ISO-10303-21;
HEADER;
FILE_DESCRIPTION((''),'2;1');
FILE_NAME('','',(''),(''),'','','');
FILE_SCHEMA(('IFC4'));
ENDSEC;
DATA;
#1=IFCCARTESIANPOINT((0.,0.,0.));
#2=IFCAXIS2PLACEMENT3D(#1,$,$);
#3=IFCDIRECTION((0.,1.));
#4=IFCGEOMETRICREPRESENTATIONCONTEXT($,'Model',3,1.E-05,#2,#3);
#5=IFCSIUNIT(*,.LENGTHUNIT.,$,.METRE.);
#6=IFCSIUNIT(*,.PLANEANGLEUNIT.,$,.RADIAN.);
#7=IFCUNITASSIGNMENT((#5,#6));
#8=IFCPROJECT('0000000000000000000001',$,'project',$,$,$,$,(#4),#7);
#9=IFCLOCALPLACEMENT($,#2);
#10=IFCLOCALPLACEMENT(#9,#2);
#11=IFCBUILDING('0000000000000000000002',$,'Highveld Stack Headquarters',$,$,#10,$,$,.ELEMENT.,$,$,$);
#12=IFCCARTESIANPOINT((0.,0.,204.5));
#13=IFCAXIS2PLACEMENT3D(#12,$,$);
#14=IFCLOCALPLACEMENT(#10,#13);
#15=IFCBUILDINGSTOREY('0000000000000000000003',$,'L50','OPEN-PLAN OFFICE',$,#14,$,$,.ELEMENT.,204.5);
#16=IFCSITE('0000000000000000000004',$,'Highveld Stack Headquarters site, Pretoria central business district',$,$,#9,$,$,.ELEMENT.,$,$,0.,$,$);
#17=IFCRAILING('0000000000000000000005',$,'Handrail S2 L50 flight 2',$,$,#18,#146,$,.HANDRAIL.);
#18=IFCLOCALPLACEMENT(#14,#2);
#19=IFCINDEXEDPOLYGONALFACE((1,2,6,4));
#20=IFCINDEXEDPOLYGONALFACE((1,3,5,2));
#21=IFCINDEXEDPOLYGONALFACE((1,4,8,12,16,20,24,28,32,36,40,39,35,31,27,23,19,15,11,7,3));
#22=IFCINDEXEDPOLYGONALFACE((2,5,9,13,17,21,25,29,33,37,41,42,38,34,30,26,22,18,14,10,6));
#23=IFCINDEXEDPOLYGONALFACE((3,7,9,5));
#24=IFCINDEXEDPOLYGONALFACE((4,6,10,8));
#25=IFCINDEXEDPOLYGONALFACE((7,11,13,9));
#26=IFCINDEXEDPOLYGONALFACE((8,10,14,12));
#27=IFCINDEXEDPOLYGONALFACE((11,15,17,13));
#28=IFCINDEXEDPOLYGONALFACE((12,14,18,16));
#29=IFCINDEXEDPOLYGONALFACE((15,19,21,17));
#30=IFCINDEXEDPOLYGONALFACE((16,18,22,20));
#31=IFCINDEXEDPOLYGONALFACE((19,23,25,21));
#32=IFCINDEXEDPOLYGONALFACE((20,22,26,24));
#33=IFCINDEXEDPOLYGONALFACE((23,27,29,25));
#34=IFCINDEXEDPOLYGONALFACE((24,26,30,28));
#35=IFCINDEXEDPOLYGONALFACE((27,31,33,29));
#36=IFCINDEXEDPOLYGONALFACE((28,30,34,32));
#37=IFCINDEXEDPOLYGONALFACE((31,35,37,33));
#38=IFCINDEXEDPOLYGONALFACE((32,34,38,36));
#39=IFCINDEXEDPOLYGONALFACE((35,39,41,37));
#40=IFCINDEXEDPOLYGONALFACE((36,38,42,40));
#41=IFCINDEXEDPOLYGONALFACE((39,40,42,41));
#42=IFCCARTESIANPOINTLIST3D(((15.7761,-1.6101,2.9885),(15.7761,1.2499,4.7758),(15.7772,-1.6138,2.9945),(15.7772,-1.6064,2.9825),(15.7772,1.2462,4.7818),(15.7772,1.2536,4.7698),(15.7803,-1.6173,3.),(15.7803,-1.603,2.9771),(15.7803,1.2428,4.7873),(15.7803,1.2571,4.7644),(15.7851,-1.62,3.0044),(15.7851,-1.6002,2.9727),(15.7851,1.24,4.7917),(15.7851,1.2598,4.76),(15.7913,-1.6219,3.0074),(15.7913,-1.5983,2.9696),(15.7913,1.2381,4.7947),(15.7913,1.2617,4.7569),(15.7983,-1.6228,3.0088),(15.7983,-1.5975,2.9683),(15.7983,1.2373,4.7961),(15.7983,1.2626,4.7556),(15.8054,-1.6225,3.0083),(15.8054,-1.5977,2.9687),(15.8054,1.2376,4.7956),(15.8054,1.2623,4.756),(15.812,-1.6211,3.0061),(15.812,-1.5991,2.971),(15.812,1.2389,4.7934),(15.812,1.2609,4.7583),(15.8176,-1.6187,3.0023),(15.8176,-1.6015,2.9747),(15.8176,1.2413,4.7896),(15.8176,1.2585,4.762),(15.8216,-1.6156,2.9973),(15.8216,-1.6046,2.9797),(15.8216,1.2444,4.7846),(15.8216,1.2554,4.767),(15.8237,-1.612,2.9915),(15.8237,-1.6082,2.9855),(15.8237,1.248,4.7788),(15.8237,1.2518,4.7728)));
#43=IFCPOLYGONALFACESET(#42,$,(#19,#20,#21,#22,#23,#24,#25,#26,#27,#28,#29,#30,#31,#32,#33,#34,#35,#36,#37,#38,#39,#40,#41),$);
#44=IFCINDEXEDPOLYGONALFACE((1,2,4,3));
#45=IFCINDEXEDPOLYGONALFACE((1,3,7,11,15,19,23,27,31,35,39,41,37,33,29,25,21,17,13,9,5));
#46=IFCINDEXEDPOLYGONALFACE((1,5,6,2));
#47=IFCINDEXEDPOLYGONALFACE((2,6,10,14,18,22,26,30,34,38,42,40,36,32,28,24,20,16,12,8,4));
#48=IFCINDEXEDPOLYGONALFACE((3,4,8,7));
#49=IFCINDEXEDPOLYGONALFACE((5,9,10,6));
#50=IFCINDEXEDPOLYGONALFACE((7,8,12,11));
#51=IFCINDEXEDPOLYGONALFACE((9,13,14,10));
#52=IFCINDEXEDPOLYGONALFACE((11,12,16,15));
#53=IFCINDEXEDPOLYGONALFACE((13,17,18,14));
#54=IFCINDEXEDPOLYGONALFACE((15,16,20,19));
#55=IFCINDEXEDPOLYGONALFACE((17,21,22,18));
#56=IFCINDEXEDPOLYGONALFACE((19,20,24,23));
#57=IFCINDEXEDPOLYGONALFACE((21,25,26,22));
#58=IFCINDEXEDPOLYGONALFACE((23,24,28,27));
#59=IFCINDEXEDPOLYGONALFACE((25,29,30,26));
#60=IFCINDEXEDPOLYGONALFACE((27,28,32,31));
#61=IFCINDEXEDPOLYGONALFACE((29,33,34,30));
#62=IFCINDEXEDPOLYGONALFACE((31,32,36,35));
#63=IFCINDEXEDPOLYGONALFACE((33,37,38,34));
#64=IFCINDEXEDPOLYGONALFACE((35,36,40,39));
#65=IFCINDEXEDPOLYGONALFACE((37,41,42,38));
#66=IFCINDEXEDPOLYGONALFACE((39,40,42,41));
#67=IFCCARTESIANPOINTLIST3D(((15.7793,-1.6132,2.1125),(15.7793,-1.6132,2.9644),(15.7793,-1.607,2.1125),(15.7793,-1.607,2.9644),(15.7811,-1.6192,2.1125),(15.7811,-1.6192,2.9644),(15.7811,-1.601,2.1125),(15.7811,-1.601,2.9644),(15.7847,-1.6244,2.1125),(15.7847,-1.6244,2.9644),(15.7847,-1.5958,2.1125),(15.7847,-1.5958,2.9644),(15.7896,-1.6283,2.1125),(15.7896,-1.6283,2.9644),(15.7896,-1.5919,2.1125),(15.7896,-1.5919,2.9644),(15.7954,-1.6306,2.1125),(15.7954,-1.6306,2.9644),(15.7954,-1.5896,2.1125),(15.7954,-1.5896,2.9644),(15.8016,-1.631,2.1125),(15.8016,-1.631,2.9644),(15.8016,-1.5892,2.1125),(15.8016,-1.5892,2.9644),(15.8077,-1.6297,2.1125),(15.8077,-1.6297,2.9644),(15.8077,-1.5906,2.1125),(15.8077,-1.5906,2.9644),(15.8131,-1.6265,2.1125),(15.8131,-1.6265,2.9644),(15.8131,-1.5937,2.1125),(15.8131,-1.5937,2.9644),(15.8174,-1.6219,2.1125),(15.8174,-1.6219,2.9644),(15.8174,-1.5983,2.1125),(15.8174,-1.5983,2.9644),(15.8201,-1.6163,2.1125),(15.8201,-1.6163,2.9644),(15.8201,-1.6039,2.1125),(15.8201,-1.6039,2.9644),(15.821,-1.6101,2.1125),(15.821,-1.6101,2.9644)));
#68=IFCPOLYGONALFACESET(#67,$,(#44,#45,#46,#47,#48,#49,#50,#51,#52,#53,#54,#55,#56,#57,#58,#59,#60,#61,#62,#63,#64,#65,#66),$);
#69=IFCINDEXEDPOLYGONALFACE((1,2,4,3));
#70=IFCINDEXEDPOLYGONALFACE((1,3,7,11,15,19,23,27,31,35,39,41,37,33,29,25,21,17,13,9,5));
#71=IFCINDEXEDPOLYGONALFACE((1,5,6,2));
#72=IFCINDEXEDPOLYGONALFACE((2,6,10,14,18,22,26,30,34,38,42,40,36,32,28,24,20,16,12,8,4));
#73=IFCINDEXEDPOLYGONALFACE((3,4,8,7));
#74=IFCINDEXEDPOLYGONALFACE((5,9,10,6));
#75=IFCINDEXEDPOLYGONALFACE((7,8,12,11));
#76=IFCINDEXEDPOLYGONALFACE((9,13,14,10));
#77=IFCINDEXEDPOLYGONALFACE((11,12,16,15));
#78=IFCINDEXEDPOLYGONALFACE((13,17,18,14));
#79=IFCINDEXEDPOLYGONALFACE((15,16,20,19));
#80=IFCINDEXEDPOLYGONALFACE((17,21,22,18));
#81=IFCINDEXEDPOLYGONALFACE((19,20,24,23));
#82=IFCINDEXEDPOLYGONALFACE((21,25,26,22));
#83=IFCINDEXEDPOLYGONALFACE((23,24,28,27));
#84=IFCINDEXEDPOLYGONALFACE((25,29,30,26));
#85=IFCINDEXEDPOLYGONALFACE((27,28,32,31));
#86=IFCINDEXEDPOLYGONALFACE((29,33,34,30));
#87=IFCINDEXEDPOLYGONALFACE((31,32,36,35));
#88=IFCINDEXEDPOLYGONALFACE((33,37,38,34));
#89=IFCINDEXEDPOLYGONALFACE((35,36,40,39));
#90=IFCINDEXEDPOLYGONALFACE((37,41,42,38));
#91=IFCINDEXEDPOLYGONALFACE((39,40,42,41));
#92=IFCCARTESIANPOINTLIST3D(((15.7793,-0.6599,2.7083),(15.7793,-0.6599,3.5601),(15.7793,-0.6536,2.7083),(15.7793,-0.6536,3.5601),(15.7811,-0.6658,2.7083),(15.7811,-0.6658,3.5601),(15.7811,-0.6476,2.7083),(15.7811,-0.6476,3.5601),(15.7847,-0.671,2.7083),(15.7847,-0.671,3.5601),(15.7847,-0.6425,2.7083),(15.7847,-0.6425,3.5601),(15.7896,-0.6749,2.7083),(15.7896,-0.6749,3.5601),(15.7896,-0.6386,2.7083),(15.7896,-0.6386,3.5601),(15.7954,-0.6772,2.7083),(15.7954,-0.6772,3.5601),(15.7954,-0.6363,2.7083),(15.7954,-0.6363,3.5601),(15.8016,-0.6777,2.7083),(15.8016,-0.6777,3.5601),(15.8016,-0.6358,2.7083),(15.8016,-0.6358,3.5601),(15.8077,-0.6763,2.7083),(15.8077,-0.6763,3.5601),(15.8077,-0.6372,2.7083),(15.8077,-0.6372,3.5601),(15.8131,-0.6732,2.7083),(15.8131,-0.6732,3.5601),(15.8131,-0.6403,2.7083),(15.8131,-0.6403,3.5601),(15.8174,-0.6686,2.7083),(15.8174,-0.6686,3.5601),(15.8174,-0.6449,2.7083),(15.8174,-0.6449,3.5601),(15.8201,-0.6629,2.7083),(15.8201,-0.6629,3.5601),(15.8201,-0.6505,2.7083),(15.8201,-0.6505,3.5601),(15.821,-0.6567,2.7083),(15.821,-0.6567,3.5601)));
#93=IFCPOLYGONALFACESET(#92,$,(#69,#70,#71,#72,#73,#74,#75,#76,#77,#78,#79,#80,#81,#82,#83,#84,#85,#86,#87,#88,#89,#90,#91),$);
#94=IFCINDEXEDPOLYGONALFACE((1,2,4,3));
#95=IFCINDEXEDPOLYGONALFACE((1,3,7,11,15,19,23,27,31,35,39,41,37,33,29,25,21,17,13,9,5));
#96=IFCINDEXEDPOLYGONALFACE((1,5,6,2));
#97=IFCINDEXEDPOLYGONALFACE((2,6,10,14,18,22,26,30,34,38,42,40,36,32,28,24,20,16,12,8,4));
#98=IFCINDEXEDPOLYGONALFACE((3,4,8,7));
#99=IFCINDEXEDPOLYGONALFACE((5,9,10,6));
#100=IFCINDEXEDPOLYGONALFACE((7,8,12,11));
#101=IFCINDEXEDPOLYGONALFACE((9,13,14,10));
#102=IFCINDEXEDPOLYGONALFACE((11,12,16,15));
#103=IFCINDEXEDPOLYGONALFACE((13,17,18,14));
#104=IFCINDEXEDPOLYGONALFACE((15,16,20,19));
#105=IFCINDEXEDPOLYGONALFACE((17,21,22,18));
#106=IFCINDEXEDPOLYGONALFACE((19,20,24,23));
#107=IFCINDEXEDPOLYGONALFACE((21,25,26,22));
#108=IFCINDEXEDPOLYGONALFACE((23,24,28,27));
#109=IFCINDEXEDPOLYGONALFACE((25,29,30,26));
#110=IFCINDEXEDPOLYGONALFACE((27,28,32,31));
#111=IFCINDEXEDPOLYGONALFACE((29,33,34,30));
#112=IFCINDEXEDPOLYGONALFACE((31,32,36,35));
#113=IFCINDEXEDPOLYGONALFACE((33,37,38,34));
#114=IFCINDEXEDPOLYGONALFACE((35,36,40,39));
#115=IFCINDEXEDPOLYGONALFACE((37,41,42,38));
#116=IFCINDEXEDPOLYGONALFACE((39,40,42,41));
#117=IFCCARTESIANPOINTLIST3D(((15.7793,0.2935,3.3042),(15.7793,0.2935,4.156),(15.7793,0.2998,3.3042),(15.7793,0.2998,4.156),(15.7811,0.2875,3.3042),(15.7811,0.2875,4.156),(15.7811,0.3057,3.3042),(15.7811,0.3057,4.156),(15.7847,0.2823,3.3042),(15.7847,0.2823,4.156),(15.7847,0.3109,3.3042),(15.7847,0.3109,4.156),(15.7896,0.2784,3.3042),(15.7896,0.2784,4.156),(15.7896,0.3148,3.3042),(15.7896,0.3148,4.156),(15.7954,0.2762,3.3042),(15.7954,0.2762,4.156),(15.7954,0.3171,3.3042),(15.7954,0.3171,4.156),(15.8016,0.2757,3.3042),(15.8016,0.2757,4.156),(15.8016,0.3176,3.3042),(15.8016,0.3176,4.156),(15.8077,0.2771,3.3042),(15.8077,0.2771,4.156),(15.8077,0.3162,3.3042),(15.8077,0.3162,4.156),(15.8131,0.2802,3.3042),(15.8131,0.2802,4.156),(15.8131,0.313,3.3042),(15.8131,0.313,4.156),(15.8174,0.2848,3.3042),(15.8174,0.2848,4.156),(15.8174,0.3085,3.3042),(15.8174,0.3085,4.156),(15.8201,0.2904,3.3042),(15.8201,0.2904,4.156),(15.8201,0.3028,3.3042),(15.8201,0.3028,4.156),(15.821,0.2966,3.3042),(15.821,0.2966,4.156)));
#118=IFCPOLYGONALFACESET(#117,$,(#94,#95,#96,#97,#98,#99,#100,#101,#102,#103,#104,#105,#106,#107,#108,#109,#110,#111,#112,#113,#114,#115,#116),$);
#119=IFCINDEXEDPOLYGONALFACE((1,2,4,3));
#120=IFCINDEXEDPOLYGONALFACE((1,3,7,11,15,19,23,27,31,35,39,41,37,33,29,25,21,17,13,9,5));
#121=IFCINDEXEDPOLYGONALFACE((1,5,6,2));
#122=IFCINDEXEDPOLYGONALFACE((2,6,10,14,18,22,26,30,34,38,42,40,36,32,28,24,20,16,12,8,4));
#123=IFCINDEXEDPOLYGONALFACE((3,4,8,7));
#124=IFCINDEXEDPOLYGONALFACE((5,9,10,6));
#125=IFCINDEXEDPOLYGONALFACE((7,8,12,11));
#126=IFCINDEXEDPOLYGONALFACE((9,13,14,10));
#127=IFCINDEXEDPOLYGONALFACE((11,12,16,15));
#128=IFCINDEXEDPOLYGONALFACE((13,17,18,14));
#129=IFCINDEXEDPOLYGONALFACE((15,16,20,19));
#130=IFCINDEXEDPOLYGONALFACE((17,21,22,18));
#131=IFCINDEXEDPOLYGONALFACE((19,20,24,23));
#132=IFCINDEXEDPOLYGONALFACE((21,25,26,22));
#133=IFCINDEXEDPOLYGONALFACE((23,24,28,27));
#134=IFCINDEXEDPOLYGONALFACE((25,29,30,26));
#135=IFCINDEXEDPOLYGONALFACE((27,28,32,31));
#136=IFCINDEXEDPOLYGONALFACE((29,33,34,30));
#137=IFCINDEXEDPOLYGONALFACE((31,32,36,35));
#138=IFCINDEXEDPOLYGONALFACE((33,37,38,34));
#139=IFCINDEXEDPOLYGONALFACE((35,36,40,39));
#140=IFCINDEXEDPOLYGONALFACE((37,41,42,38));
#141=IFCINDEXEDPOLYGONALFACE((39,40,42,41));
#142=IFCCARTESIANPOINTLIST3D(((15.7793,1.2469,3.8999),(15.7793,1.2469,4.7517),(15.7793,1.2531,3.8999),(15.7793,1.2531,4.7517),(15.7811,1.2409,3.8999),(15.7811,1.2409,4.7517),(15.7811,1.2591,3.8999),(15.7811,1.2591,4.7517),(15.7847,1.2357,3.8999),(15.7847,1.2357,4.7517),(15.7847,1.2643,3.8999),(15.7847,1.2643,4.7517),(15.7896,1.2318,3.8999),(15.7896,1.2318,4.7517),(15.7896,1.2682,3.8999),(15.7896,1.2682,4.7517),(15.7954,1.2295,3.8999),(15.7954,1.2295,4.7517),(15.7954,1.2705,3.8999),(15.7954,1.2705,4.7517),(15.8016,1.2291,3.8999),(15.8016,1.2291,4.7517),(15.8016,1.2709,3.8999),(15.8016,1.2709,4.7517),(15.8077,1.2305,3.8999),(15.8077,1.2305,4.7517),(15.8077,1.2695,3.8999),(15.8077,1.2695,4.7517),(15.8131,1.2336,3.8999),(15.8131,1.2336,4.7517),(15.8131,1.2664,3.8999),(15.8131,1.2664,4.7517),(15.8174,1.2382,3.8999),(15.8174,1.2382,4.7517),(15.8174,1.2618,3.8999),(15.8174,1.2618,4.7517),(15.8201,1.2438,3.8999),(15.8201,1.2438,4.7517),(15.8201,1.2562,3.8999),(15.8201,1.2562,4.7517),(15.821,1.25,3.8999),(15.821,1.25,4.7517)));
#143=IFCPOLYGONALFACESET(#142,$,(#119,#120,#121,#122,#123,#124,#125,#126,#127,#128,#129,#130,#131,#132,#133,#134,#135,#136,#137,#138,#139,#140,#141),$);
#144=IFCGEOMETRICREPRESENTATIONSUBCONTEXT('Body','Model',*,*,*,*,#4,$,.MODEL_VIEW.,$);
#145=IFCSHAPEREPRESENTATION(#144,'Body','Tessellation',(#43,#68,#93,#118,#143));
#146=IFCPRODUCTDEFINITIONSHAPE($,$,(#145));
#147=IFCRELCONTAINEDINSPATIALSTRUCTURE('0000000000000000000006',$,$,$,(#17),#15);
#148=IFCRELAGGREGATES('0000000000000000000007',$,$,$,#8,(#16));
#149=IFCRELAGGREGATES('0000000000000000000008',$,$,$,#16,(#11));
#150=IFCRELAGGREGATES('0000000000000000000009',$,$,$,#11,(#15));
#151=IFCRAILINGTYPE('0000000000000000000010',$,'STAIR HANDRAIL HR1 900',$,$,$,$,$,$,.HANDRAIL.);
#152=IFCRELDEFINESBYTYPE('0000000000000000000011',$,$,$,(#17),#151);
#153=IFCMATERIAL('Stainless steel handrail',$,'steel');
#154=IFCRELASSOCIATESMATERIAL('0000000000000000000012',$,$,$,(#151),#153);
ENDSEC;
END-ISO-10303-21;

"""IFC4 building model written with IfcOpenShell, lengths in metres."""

from ifc_helpers import new_model, si_unit, direction, frame, origin, origin_2d, place, context, subcontext, project, spatial, circle, extrude, material, type_object, element, save


model = new_model("IFC4")

# Units and contexts
model_context = context("Model", 3, precision=1e-05, world=origin(), true_north=direction((0.0, 1.0)))
body_context = subcontext(model_context, "Body", "Model", "MODEL_VIEW")
ifc_project = project(units=[si_unit("LENGTHUNIT", "METRE"), si_unit("PLANEANGLEUNIT", "RADIAN")], contexts=[model_context])

# Site, building, storey
site_placement = place(None, origin())
site = spatial("IfcSite", under=ifc_project, at=site_placement, Name="Highveld Stack Headquarters site, Pretoria central business district", CompositionType="ELEMENT", RefElevation=0.0)
building_placement = place(site_placement, origin())
building = spatial("IfcBuilding", under=site, at=building_placement, Name="Highveld Stack Headquarters", CompositionType="ELEMENT")
storey_placement = place(building_placement, frame((0.0, 0.0, 204.5)))
storey = spatial("IfcBuildingStorey", under=building, at=storey_placement, Name="L50", Description="OPEN-PLAN OFFICE", CompositionType="ELEMENT", Elevation=204.5)

# Railing
ifc_material_1 = material(Name="Stainless steel handrail", Category="steel")
railing_type = type_object("IfcRailingType", Name="STAIR HANDRAIL HR1 900", PredefinedType="HANDRAIL", material=ifc_material_1)
for number, where, name in (
    (1, (15.8, -1.6101, 2.1125), "Handrail S2 L50 flight 2"),
):
    element("IfcRailing", number, at=place(storey_placement, frame(where)), inside=storey, type_object=railing_type, Name=name, PredefinedType="HANDRAIL", context=body_context, shape_type="SweptSolid", body=[
        extrude(circle(Radius=0.0239, at=origin_2d()), frame((0.0, 0.0, 0.876), z_axis=(0.0, 0.848027, 0.529953), x_axis=(-1.0, 0.0, 0.0)), (0.0, 0.0, 1.0), 3.3726),
        extrude(circle(Radius=0.021, at=origin_2d()), origin(), (0.0, 0.0, 1.0), 0.8518),
        extrude(circle(Radius=0.021, at=origin_2d()), frame((0.0, 0.9534, 0.5957)), (0.0, 0.0, 1.0), 0.8518),
        extrude(circle(Radius=0.021, at=origin_2d()), frame((0.0, 1.9067, 1.1917)), (0.0, 0.0, 1.0), 0.8518),
        extrude(circle(Radius=0.021, at=origin_2d()), frame((0.0, 2.8601, 1.7874)), (0.0, 0.0, 1.0), 0.8518),
    ])

save(model, "model.ifc")
